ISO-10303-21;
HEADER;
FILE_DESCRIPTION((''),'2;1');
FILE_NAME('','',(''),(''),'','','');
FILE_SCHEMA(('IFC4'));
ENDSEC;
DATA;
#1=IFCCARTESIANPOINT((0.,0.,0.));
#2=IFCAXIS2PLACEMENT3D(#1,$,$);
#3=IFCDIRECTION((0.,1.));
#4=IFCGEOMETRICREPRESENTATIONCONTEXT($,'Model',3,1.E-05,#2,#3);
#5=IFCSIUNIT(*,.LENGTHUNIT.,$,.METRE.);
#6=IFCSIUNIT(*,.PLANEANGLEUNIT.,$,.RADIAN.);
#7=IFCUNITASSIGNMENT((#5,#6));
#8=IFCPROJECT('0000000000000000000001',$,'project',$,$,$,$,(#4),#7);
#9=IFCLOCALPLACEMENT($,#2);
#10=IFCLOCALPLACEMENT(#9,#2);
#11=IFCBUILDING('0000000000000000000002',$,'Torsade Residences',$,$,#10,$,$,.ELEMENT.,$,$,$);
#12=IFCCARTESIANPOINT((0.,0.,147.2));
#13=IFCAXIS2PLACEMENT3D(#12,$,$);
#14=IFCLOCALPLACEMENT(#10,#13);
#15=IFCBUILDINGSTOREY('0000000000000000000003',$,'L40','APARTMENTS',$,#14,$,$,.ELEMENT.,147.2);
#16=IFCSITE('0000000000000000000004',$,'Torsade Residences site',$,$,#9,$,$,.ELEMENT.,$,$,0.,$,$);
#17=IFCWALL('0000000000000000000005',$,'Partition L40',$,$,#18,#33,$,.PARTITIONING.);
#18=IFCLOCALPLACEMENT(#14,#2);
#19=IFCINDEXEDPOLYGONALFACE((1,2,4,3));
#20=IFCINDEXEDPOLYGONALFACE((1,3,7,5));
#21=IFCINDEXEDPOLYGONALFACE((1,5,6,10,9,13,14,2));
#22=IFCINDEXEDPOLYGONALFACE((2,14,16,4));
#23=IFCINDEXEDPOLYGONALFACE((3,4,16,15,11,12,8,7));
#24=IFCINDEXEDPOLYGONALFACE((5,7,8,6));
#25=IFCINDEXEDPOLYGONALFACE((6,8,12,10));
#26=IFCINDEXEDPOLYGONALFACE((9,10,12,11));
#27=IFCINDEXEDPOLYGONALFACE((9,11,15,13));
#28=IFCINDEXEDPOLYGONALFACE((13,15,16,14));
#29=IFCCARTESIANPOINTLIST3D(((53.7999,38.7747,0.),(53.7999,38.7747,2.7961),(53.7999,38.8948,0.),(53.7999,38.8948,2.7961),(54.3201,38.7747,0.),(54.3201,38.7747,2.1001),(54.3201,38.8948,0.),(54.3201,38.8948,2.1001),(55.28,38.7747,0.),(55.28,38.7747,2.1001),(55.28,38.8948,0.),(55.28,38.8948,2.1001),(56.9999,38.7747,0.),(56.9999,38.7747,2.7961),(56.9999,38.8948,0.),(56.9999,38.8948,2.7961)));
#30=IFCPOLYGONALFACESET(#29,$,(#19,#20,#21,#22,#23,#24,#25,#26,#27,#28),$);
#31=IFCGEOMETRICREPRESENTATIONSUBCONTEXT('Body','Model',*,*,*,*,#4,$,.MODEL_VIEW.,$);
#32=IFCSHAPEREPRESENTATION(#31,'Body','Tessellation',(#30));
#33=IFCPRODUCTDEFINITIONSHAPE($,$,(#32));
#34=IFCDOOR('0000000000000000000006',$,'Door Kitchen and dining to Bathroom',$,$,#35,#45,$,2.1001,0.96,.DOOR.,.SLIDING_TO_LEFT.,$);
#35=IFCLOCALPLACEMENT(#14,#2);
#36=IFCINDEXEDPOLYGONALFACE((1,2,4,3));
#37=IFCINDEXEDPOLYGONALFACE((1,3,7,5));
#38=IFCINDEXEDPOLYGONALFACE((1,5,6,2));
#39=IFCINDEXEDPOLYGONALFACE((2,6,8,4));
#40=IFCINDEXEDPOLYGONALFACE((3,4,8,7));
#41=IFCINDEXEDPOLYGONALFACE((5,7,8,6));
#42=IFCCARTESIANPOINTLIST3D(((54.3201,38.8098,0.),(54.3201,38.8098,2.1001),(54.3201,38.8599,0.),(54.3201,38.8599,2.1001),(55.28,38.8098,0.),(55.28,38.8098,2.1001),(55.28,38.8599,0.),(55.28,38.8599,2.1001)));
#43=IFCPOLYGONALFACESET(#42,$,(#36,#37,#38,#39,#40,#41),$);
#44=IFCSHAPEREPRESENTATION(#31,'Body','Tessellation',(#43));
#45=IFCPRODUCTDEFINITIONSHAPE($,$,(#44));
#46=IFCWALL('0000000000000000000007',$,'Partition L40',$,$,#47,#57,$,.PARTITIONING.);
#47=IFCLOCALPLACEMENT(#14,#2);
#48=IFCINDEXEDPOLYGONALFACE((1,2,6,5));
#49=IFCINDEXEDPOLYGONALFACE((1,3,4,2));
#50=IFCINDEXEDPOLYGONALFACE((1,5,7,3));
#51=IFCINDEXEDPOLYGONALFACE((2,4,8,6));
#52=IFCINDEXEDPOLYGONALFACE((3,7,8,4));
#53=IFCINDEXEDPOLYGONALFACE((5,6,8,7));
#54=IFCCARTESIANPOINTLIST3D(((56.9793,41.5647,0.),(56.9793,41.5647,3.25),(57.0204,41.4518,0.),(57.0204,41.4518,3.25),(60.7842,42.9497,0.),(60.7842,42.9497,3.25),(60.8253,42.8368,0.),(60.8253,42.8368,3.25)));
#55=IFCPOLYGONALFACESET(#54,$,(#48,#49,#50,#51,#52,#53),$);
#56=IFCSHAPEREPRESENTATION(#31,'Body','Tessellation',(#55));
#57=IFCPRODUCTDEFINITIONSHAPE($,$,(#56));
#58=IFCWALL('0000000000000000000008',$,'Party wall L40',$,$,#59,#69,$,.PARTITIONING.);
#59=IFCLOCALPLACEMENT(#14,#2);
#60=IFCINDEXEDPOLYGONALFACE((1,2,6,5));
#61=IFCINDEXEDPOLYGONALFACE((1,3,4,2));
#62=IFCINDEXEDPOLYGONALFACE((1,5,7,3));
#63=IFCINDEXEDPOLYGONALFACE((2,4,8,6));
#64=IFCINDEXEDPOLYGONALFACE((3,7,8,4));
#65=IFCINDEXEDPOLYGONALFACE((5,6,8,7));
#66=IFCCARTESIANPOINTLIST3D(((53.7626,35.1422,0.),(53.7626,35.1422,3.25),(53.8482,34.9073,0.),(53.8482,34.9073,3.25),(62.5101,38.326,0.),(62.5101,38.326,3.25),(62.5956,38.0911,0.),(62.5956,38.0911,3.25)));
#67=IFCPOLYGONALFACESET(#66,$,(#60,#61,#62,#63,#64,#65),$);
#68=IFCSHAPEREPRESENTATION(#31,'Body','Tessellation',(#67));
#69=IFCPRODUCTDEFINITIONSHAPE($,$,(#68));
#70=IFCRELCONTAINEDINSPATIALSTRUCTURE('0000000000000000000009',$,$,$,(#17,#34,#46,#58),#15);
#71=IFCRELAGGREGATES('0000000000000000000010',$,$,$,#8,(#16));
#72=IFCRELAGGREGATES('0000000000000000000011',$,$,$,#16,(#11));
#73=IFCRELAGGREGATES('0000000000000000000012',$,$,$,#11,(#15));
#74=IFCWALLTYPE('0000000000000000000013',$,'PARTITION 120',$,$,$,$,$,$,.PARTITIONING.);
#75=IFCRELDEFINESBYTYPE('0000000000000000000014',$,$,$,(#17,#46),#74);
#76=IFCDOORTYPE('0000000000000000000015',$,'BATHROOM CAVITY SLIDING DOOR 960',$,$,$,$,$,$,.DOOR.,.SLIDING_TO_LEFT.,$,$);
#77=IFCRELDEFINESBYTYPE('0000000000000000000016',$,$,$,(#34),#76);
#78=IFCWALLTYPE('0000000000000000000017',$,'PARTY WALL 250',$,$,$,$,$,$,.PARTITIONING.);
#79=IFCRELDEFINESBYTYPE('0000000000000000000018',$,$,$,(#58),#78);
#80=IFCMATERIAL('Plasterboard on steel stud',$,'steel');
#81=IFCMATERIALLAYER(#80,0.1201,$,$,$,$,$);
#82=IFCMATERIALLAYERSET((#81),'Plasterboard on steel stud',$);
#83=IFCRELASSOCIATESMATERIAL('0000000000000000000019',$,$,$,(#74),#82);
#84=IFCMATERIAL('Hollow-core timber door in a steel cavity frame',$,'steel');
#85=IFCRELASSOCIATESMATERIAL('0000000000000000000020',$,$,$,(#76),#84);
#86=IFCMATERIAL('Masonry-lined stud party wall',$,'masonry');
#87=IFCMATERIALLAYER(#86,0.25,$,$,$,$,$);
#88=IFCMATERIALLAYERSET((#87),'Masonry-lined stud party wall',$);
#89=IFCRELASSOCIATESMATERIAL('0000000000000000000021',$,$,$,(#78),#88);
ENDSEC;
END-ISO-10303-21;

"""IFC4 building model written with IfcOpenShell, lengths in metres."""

from ifc_helpers import new_model, si_unit, direction, frame, frame_2d, origin, place, context, subcontext, project, spatial, rectangle, extrude, material, layer, layer_set, type_object, element, fill, save


model = new_model("IFC4")

# Units and contexts
model_context = context("Model", 3, precision=1e-05, world=origin(), true_north=direction((0.0, 1.0)))
body_context = subcontext(model_context, "Body", "Model", "MODEL_VIEW")
ifc_project = project(units=[si_unit("LENGTHUNIT", "METRE"), si_unit("PLANEANGLEUNIT", "RADIAN")], contexts=[model_context])

# Site, building, storey
site_placement = place(None, origin())
site = spatial("IfcSite", under=ifc_project, at=site_placement, Name="Torsade Residences site", CompositionType="ELEMENT", RefElevation=0.0)
building_placement = place(site_placement, origin())
building = spatial("IfcBuilding", under=site, at=building_placement, Name="Torsade Residences", CompositionType="ELEMENT")
storey_placement = place(building_placement, frame((0.0, 0.0, 147.2)))
storey = spatial("IfcBuildingStorey", under=building, at=storey_placement, Name="L40", Description="APARTMENTS", CompositionType="ELEMENT", Elevation=147.2)

# Wall, opening, door
ifc_material_1 = material(Name="Plasterboard on steel stud", Category="steel")
ifc_layer_1 = layer(ifc_material_1, 0.1201)
ifc_layer_set_1 = layer_set([ifc_layer_1], Name="Plasterboard on steel stud")
wall_type_1 = type_object("IfcWallType", Name="PARTITION 120", PredefinedType="PARTITIONING", material=ifc_layer_set_1)
wall_1_placement = place(storey_placement, frame((57.0, 38.8347, 0.0), z_axis=(0.0, 0.0, 1.0), x_axis=(-1.0, 0.0, 0.0)))
wall_1 = element("IfcWall", 1, at=wall_1_placement, inside=storey, type_object=wall_type_1, Name="Partition L40", PredefinedType="PARTITIONING", context=body_context, shape_type="SweptSolid", body=[
    extrude(rectangle(XDim=3.2, YDim=0.1201, at=frame_2d((1.6001, 0.0))), origin(), (0.0, 0.0, 1.0), 2.7961),
])
opening_1_placement = place(wall_1_placement, frame((1.72, 0.0, 0.0)))
opening_1 = element("IfcOpeningElement", 2, at=opening_1_placement, cuts=wall_1, PredefinedType="OPENING", context=body_context, shape_type="SweptSolid", body=[
    extrude(rectangle(XDim=0.96, YDim=2.1001, at=frame_2d((0.48, 1.05))), frame((0.0, 0.0701, 0.0), z_axis=(0.0, -1.0, 0.0), x_axis=(1.0, 0.0, 0.0)), (0.0, 0.0, 1.0), 0.1401),
])
ifc_material_2 = material(Name="Hollow-core timber door in a steel cavity frame", Category="steel")
door_type_1 = type_object("IfcDoorType", Name="BATHROOM CAVITY SLIDING DOOR 960", OperationType="SLIDING_TO_LEFT", PredefinedType="DOOR", material=ifc_material_2)
door_1_placement = place(opening_1_placement, origin())
door_1 = element("IfcDoor", 3, at=door_1_placement, inside=storey, type_object=door_type_1, Name="Door Kitchen and dining to Bathroom", OperationType="SLIDING_TO_LEFT", OverallHeight=2.1001, OverallWidth=0.96, PredefinedType="DOOR", context=body_context, shape_type="SweptSolid", body=[
    extrude(rectangle(XDim=0.96, YDim=2.1001, at=frame_2d((0.48, 1.05))), frame((0.0, 0.0249, 0.0), z_axis=(0.0, -1.0, 0.0), x_axis=(1.0, 0.0, 0.0)), (0.0, 0.0, 1.0), 0.05),
])
fill(opening_1, door_1)

# Walls
wall_2_placement = place(storey_placement, frame((57.0, 41.5083, 0.0), z_axis=(0.0, 0.0, 1.0), x_axis=(0.939682, 0.342048, 0.0)))
element("IfcWall", 4, at=wall_2_placement, inside=storey, type_object=wall_type_1, Name="Partition L40", PredefinedType="PARTITIONING", context=body_context, shape_type="SweptSolid", body=[
    extrude(rectangle(XDim=4.0491, YDim=0.1201, at=frame_2d((2.0244, 0.0))), origin(), (0.0, 0.0, 1.0), 3.25),
])
ifc_material_3 = material(Name="Masonry-lined stud party wall", Category="masonry")
ifc_layer_2 = layer(ifc_material_3, 0.25)
ifc_layer_set_2 = layer_set([ifc_layer_2], Name="Masonry-lined stud party wall")
wall_type_2 = type_object("IfcWallType", Name="PARTY WALL 250", PredefinedType="PARTITIONING", material=ifc_layer_set_2)
wall_3_placement = place(storey_placement, frame((62.5527, 38.2085, 0.0), z_axis=(0.0, 0.0, 1.0), x_axis=(-0.939693, -0.342019, 0.0)))
element("IfcWall", 5, at=wall_3_placement, inside=storey, type_object=wall_type_2, Name="Party wall L40", PredefinedType="PARTITIONING", context=body_context, shape_type="SweptSolid", body=[
    extrude(rectangle(XDim=9.3088, YDim=0.25, at=frame_2d((4.6543, 0.0))), origin(), (0.0, 0.0, 1.0), 3.25),
])

save(model, "model.ifc")
